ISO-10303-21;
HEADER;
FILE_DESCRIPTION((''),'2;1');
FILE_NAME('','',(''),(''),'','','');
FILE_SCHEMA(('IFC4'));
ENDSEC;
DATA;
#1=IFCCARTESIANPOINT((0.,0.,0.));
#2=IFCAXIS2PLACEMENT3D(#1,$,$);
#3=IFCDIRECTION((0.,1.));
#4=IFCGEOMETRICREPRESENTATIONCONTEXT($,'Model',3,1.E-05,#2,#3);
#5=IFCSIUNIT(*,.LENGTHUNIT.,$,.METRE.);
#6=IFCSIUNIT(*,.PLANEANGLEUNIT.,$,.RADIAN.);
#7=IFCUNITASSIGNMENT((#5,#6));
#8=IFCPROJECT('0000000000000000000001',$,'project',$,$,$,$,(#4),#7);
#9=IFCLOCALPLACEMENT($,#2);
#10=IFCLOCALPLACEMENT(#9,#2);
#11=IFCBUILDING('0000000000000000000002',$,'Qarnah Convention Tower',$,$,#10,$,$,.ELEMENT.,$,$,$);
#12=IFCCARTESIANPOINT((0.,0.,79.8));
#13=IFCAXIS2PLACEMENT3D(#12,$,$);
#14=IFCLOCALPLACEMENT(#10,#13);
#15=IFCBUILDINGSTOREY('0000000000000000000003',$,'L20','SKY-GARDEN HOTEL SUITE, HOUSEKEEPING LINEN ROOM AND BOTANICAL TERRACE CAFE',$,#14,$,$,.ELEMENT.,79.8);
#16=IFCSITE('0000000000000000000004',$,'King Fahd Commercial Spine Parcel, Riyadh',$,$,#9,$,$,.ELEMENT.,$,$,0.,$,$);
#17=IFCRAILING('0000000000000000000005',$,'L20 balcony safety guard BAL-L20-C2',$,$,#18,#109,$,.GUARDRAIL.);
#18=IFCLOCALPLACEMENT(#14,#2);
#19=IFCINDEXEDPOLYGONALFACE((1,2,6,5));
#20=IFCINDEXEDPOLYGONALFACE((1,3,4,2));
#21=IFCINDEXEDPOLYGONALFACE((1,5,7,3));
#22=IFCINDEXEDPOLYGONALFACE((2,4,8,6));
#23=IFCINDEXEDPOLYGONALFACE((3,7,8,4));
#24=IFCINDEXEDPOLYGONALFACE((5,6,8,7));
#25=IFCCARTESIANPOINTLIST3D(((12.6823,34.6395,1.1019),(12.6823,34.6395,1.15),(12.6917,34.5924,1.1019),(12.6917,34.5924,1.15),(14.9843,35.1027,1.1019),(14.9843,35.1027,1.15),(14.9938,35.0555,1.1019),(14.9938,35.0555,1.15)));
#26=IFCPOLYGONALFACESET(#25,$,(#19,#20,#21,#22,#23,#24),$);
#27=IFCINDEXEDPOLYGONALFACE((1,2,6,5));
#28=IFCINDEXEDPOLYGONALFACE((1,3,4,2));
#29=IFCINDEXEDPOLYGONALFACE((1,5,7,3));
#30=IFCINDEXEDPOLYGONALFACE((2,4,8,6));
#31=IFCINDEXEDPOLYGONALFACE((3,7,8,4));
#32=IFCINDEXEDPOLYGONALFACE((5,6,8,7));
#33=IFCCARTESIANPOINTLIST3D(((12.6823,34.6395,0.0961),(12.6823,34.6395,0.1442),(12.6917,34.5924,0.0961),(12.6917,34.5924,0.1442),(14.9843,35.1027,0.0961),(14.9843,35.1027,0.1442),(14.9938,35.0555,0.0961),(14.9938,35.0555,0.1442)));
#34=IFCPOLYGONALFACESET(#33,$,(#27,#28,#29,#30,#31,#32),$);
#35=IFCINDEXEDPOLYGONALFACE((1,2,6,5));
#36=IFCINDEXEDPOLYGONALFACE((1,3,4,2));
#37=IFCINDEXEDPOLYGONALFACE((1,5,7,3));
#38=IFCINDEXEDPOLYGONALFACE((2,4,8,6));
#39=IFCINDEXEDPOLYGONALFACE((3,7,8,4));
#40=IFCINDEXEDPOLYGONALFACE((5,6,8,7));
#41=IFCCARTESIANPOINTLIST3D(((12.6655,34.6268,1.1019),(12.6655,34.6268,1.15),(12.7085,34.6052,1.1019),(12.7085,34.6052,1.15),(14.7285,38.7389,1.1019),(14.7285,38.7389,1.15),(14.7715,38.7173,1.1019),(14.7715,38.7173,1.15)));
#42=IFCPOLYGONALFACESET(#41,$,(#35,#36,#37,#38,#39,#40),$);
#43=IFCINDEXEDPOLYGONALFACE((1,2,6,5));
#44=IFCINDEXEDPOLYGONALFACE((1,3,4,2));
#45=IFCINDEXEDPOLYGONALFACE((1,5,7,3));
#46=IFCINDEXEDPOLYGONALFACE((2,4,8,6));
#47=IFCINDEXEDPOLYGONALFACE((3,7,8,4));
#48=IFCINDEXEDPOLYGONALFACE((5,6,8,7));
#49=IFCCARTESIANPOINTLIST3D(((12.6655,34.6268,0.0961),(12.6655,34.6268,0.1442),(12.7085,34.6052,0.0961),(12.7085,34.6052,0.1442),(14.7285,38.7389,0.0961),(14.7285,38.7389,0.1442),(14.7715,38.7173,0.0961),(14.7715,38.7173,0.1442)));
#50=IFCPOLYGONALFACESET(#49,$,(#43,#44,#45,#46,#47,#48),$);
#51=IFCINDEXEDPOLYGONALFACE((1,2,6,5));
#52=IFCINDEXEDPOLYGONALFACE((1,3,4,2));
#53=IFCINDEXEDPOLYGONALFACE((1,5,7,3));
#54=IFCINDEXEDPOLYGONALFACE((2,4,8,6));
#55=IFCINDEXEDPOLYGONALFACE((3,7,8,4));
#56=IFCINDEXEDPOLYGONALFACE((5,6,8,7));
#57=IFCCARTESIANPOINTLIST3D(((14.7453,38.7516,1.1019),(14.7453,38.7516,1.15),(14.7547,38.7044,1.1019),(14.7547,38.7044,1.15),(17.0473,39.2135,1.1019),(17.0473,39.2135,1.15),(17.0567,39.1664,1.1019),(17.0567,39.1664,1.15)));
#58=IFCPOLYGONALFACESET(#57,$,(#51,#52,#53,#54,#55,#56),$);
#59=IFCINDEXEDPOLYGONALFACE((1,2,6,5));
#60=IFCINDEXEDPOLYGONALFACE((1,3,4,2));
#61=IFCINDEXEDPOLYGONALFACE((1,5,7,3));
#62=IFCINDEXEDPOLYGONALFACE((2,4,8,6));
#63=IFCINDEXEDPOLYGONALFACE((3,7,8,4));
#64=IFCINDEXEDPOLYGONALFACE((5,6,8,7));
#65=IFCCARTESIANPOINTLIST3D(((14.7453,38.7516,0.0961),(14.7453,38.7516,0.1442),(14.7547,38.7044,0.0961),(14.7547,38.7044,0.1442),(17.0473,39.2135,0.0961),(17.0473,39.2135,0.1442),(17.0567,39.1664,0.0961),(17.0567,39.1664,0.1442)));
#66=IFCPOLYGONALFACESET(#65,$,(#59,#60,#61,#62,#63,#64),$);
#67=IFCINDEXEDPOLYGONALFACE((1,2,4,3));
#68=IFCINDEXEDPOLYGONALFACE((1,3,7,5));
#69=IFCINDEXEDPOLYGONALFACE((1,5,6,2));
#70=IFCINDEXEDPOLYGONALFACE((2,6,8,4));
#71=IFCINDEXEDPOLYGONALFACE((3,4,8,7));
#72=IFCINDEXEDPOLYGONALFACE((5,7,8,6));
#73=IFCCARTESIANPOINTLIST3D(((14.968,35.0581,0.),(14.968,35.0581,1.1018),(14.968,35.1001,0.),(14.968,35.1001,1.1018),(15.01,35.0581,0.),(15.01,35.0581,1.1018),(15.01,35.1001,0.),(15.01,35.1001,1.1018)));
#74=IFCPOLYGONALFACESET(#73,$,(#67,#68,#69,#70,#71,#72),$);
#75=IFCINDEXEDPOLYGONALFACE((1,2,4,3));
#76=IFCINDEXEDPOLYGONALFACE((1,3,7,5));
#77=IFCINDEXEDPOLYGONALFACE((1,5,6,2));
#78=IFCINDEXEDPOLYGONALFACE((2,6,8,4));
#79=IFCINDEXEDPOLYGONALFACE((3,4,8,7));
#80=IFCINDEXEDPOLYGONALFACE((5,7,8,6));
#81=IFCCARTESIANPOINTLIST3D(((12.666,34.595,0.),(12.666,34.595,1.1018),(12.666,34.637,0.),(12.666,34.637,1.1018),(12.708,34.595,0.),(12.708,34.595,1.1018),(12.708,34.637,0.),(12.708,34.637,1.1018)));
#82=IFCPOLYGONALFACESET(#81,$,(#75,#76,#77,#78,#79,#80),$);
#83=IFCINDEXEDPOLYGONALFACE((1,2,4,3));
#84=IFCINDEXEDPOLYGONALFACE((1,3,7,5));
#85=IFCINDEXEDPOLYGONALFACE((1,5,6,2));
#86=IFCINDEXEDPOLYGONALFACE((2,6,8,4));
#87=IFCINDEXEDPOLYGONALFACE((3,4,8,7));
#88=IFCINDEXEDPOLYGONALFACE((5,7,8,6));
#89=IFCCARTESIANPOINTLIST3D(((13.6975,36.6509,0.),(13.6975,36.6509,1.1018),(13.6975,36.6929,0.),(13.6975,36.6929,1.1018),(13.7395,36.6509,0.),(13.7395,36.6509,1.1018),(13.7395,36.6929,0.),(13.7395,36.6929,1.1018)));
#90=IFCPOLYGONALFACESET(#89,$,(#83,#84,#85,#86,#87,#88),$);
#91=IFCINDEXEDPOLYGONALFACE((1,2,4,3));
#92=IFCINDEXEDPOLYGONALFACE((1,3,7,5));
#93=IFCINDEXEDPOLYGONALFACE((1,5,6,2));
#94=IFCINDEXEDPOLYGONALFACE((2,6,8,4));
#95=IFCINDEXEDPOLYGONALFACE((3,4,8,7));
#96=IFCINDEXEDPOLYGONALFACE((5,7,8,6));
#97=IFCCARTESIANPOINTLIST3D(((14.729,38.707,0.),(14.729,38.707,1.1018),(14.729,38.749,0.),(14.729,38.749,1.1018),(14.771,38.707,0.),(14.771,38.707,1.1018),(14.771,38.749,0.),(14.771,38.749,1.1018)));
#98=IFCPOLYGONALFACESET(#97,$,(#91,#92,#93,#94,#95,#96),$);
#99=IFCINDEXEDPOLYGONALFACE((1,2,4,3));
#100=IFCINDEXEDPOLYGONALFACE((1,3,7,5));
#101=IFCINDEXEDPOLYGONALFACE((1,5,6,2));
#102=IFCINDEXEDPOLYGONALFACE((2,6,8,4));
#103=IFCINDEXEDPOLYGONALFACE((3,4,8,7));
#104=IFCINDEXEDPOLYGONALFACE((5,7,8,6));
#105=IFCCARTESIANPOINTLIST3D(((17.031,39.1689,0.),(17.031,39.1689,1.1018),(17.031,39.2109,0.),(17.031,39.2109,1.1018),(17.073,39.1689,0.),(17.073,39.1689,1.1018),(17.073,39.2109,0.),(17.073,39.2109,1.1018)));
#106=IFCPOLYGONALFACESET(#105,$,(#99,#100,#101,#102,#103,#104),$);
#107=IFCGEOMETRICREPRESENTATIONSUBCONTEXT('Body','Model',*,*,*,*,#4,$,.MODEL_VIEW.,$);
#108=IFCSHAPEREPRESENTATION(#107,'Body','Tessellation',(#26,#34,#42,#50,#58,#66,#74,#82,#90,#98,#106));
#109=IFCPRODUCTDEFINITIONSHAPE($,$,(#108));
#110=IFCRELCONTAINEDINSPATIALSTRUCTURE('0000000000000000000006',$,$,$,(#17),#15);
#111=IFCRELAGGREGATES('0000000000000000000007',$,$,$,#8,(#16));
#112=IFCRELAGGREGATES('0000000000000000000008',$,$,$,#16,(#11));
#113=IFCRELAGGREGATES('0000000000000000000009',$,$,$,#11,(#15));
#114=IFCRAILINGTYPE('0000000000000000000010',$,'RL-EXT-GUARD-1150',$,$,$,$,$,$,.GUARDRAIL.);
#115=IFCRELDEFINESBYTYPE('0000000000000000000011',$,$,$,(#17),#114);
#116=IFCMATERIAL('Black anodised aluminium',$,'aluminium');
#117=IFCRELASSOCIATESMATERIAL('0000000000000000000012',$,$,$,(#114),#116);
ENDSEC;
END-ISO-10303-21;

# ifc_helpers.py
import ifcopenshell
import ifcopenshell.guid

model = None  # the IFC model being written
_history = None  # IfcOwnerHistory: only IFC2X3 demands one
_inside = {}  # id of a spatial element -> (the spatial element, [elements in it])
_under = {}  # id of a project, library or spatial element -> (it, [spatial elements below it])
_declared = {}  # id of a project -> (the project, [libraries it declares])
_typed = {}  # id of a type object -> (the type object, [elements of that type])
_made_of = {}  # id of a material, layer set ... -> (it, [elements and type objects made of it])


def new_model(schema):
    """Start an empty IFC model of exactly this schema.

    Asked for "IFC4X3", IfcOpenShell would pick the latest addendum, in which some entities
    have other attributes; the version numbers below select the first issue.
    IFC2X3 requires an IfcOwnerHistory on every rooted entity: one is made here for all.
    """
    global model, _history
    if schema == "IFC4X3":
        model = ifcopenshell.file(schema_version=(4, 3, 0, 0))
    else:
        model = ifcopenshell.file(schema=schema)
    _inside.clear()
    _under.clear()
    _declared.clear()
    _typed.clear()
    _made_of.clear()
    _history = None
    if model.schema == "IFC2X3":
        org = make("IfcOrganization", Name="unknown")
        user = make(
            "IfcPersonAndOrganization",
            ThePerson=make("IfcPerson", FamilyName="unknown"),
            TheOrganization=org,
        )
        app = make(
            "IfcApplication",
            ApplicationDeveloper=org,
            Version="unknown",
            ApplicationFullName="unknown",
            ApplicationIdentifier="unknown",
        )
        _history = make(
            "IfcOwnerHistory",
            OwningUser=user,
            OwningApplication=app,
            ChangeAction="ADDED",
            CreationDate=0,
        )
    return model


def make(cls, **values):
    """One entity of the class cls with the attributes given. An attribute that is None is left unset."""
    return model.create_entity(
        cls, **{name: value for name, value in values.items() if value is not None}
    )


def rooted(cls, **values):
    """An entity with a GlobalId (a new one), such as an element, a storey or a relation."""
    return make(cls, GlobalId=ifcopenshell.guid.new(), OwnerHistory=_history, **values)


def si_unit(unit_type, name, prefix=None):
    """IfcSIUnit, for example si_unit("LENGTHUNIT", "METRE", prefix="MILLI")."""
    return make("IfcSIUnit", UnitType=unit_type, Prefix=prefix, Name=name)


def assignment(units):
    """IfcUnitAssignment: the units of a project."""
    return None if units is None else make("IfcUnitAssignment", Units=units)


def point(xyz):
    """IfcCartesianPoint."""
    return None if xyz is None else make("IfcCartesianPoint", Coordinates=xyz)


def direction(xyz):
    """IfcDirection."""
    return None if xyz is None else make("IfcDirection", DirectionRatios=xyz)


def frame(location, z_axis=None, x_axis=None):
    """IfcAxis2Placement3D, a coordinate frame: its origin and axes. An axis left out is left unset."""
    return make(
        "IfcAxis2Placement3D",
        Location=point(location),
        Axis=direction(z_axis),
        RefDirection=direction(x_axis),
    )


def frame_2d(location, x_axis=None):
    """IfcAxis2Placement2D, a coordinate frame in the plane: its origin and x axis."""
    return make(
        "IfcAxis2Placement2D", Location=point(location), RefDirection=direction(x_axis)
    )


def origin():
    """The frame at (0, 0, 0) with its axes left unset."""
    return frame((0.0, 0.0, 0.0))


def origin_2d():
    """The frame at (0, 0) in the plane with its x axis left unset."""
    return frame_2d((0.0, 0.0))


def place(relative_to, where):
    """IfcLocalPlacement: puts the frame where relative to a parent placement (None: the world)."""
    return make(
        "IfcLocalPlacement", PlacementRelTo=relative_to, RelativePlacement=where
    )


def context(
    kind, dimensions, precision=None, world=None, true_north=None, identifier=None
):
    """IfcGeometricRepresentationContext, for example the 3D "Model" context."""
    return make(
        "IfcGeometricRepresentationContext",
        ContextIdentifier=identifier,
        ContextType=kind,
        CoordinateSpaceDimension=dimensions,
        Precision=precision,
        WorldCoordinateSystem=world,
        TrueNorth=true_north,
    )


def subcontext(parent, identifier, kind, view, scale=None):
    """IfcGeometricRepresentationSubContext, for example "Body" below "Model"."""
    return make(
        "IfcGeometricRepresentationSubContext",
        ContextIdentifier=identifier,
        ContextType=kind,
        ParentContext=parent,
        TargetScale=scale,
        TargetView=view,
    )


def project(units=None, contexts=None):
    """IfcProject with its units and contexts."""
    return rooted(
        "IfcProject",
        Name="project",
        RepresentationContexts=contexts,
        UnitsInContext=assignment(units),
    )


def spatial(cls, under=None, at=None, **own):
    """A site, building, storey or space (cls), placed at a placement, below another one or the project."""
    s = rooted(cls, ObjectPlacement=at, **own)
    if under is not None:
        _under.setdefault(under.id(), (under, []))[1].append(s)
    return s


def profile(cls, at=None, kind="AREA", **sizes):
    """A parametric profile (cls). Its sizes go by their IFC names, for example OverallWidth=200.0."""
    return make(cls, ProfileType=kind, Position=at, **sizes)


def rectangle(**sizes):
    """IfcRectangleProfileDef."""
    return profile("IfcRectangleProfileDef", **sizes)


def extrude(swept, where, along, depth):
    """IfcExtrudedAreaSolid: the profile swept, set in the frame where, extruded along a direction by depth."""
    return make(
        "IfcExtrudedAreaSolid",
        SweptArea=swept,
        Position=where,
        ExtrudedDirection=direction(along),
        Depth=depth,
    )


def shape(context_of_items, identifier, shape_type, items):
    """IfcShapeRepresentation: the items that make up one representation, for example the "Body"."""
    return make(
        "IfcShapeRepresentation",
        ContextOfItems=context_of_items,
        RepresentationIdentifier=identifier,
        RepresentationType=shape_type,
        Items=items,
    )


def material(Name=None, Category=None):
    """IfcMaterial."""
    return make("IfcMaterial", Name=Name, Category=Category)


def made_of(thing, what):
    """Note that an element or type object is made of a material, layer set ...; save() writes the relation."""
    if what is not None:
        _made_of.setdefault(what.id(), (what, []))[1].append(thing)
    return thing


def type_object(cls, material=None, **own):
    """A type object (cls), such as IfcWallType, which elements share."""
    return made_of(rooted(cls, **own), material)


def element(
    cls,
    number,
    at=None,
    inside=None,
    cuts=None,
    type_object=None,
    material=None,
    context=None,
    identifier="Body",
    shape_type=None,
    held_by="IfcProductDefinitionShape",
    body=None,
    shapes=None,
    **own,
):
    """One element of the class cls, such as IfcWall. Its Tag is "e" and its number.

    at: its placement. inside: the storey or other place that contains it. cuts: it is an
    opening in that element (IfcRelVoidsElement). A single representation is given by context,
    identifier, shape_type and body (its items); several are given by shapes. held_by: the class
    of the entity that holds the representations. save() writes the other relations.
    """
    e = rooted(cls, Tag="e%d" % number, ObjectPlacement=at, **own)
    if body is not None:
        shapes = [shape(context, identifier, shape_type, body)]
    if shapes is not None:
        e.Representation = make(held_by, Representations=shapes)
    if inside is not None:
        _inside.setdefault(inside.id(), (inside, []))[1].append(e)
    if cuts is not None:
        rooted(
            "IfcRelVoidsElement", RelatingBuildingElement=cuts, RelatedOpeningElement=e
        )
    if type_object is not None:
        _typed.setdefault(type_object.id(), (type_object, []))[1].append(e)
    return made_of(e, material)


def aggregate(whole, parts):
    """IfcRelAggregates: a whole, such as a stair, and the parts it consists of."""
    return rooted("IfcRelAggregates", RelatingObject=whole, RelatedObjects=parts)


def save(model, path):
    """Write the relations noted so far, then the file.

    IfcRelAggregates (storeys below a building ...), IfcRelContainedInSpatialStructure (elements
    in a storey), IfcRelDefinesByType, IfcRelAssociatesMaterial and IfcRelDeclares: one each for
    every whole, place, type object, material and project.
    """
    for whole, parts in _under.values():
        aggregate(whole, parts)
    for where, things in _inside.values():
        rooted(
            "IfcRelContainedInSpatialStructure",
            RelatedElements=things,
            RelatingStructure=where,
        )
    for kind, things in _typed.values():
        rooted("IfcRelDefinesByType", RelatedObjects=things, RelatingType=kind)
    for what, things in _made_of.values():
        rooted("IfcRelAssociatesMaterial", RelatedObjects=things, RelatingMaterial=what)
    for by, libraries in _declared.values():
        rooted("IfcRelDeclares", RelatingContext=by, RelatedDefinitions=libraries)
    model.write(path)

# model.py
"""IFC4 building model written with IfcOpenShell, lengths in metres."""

from ifc_helpers import new_model, si_unit, direction, frame, origin, origin_2d, place, context, subcontext, project, spatial, rectangle, extrude, material, type_object, element, save


model = new_model("IFC4")

# Units and contexts
model_context = context("Model", 3, precision=1e-05, world=origin(), true_north=direction((0.0, 1.0)))
body_context = subcontext(model_context, "Body", "Model", "MODEL_VIEW")
ifc_project = project(units=[si_unit("LENGTHUNIT", "METRE"), si_unit("PLANEANGLEUNIT", "RADIAN")], contexts=[model_context])

# Site, building, storey
site_placement = place(None, origin())
site = spatial("IfcSite", under=ifc_project, at=site_placement, Name="King Fahd Commercial Spine Parcel, Riyadh", CompositionType="ELEMENT", RefElevation=0.0)
building_placement = place(site_placement, origin())
building = spatial("IfcBuilding", under=site, at=building_placement, Name="Qarnah Convention Tower", CompositionType="ELEMENT")
storey_placement = place(building_placement, frame((0.0, 0.0, 79.8)))
storey = spatial("IfcBuildingStorey", under=building, at=storey_placement, Name="L20", Description="SKY-GARDEN HOTEL SUITE, HOUSEKEEPING LINEN ROOM AND BOTANICAL TERRACE CAFE", CompositionType="ELEMENT", Elevation=79.8)

# Shared definitions
ifc_material_1 = material(Name="Black anodised aluminium", Category="aluminium")

# Railing
railing_type = type_object("IfcRailingType", Name="RL-EXT-GUARD-1150", PredefinedType="GUARDRAIL", material=ifc_material_1)
railing_1_placement = place(storey_placement, frame((14.989, 35.0791, 0.0)))
element("IfcRailing", 1, at=railing_1_placement, inside=storey, type_object=railing_type, Name="L20 balcony safety guard BAL-L20-C2", PredefinedType="GUARDRAIL", context=body_context, shape_type="SweptSolid", body=[
    extrude(rectangle(XDim=0.0481, YDim=0.0481, at=origin_2d()), frame((0.0, 0.0, 1.126), z_axis=(-0.980356, -0.197236, 0.0), x_axis=(0.197236, -0.980356, 0.0)), (0.0, 0.0, 1.0), 2.3481),
    extrude(rectangle(XDim=0.0481, YDim=0.0481, at=origin_2d()), frame((0.0, 0.0, 0.1201), z_axis=(-0.980356, -0.197236, 0.0), x_axis=(0.197236, -0.980356, 0.0)), (0.0, 0.0, 1.0), 2.3481),
    extrude(rectangle(XDim=0.0481, YDim=0.0481, at=origin_2d()), frame((-2.302, -0.4631, 1.126), z_axis=(0.448423, 0.893821, 0.0), x_axis=(-0.893821, 0.448423, 0.0)), (0.0, 0.0, 1.0), 4.6006),
    extrude(rectangle(XDim=0.0481, YDim=0.0481, at=origin_2d()), frame((-2.302, -0.4631, 0.1201), z_axis=(0.448423, 0.893821, 0.0), x_axis=(-0.893821, 0.448423, 0.0)), (0.0, 0.0, 1.0), 4.6006),
    extrude(rectangle(XDim=0.0481, YDim=0.0481, at=origin_2d()), frame((-0.239, 3.6489, 1.126), z_axis=(0.980456, 0.196736, 0.0), x_axis=(-0.196736, 0.980456, 0.0)), (0.0, 0.0, 1.0), 2.3479),
    extrude(rectangle(XDim=0.0481, YDim=0.0481, at=origin_2d()), frame((-0.239, 3.6489, 0.1201), z_axis=(0.980456, 0.196736, 0.0), x_axis=(-0.196736, 0.980456, 0.0)), (0.0, 0.0, 1.0), 2.3479),
    extrude(rectangle(XDim=0.042, YDim=0.042, at=origin_2d()), origin(), (0.0, 0.0, 1.0), 1.1018),
    extrude(rectangle(XDim=0.042, YDim=0.042, at=origin_2d()), frame((-2.302, -0.4631, 0.0)), (0.0, 0.0, 1.0), 1.1018),
    extrude(rectangle(XDim=0.042, YDim=0.042, at=origin_2d()), frame((-1.2705, 1.5928, 0.0)), (0.0, 0.0, 1.0), 1.1018),
    extrude(rectangle(XDim=0.042, YDim=0.042, at=origin_2d()), frame((-0.239, 3.6489, 0.0)), (0.0, 0.0, 1.0), 1.1018),
    extrude(rectangle(XDim=0.042, YDim=0.042, at=origin_2d()), frame((2.063, 4.1108, 0.0)), (0.0, 0.0, 1.0), 1.1018),
])

save(model, "model.ifc")
